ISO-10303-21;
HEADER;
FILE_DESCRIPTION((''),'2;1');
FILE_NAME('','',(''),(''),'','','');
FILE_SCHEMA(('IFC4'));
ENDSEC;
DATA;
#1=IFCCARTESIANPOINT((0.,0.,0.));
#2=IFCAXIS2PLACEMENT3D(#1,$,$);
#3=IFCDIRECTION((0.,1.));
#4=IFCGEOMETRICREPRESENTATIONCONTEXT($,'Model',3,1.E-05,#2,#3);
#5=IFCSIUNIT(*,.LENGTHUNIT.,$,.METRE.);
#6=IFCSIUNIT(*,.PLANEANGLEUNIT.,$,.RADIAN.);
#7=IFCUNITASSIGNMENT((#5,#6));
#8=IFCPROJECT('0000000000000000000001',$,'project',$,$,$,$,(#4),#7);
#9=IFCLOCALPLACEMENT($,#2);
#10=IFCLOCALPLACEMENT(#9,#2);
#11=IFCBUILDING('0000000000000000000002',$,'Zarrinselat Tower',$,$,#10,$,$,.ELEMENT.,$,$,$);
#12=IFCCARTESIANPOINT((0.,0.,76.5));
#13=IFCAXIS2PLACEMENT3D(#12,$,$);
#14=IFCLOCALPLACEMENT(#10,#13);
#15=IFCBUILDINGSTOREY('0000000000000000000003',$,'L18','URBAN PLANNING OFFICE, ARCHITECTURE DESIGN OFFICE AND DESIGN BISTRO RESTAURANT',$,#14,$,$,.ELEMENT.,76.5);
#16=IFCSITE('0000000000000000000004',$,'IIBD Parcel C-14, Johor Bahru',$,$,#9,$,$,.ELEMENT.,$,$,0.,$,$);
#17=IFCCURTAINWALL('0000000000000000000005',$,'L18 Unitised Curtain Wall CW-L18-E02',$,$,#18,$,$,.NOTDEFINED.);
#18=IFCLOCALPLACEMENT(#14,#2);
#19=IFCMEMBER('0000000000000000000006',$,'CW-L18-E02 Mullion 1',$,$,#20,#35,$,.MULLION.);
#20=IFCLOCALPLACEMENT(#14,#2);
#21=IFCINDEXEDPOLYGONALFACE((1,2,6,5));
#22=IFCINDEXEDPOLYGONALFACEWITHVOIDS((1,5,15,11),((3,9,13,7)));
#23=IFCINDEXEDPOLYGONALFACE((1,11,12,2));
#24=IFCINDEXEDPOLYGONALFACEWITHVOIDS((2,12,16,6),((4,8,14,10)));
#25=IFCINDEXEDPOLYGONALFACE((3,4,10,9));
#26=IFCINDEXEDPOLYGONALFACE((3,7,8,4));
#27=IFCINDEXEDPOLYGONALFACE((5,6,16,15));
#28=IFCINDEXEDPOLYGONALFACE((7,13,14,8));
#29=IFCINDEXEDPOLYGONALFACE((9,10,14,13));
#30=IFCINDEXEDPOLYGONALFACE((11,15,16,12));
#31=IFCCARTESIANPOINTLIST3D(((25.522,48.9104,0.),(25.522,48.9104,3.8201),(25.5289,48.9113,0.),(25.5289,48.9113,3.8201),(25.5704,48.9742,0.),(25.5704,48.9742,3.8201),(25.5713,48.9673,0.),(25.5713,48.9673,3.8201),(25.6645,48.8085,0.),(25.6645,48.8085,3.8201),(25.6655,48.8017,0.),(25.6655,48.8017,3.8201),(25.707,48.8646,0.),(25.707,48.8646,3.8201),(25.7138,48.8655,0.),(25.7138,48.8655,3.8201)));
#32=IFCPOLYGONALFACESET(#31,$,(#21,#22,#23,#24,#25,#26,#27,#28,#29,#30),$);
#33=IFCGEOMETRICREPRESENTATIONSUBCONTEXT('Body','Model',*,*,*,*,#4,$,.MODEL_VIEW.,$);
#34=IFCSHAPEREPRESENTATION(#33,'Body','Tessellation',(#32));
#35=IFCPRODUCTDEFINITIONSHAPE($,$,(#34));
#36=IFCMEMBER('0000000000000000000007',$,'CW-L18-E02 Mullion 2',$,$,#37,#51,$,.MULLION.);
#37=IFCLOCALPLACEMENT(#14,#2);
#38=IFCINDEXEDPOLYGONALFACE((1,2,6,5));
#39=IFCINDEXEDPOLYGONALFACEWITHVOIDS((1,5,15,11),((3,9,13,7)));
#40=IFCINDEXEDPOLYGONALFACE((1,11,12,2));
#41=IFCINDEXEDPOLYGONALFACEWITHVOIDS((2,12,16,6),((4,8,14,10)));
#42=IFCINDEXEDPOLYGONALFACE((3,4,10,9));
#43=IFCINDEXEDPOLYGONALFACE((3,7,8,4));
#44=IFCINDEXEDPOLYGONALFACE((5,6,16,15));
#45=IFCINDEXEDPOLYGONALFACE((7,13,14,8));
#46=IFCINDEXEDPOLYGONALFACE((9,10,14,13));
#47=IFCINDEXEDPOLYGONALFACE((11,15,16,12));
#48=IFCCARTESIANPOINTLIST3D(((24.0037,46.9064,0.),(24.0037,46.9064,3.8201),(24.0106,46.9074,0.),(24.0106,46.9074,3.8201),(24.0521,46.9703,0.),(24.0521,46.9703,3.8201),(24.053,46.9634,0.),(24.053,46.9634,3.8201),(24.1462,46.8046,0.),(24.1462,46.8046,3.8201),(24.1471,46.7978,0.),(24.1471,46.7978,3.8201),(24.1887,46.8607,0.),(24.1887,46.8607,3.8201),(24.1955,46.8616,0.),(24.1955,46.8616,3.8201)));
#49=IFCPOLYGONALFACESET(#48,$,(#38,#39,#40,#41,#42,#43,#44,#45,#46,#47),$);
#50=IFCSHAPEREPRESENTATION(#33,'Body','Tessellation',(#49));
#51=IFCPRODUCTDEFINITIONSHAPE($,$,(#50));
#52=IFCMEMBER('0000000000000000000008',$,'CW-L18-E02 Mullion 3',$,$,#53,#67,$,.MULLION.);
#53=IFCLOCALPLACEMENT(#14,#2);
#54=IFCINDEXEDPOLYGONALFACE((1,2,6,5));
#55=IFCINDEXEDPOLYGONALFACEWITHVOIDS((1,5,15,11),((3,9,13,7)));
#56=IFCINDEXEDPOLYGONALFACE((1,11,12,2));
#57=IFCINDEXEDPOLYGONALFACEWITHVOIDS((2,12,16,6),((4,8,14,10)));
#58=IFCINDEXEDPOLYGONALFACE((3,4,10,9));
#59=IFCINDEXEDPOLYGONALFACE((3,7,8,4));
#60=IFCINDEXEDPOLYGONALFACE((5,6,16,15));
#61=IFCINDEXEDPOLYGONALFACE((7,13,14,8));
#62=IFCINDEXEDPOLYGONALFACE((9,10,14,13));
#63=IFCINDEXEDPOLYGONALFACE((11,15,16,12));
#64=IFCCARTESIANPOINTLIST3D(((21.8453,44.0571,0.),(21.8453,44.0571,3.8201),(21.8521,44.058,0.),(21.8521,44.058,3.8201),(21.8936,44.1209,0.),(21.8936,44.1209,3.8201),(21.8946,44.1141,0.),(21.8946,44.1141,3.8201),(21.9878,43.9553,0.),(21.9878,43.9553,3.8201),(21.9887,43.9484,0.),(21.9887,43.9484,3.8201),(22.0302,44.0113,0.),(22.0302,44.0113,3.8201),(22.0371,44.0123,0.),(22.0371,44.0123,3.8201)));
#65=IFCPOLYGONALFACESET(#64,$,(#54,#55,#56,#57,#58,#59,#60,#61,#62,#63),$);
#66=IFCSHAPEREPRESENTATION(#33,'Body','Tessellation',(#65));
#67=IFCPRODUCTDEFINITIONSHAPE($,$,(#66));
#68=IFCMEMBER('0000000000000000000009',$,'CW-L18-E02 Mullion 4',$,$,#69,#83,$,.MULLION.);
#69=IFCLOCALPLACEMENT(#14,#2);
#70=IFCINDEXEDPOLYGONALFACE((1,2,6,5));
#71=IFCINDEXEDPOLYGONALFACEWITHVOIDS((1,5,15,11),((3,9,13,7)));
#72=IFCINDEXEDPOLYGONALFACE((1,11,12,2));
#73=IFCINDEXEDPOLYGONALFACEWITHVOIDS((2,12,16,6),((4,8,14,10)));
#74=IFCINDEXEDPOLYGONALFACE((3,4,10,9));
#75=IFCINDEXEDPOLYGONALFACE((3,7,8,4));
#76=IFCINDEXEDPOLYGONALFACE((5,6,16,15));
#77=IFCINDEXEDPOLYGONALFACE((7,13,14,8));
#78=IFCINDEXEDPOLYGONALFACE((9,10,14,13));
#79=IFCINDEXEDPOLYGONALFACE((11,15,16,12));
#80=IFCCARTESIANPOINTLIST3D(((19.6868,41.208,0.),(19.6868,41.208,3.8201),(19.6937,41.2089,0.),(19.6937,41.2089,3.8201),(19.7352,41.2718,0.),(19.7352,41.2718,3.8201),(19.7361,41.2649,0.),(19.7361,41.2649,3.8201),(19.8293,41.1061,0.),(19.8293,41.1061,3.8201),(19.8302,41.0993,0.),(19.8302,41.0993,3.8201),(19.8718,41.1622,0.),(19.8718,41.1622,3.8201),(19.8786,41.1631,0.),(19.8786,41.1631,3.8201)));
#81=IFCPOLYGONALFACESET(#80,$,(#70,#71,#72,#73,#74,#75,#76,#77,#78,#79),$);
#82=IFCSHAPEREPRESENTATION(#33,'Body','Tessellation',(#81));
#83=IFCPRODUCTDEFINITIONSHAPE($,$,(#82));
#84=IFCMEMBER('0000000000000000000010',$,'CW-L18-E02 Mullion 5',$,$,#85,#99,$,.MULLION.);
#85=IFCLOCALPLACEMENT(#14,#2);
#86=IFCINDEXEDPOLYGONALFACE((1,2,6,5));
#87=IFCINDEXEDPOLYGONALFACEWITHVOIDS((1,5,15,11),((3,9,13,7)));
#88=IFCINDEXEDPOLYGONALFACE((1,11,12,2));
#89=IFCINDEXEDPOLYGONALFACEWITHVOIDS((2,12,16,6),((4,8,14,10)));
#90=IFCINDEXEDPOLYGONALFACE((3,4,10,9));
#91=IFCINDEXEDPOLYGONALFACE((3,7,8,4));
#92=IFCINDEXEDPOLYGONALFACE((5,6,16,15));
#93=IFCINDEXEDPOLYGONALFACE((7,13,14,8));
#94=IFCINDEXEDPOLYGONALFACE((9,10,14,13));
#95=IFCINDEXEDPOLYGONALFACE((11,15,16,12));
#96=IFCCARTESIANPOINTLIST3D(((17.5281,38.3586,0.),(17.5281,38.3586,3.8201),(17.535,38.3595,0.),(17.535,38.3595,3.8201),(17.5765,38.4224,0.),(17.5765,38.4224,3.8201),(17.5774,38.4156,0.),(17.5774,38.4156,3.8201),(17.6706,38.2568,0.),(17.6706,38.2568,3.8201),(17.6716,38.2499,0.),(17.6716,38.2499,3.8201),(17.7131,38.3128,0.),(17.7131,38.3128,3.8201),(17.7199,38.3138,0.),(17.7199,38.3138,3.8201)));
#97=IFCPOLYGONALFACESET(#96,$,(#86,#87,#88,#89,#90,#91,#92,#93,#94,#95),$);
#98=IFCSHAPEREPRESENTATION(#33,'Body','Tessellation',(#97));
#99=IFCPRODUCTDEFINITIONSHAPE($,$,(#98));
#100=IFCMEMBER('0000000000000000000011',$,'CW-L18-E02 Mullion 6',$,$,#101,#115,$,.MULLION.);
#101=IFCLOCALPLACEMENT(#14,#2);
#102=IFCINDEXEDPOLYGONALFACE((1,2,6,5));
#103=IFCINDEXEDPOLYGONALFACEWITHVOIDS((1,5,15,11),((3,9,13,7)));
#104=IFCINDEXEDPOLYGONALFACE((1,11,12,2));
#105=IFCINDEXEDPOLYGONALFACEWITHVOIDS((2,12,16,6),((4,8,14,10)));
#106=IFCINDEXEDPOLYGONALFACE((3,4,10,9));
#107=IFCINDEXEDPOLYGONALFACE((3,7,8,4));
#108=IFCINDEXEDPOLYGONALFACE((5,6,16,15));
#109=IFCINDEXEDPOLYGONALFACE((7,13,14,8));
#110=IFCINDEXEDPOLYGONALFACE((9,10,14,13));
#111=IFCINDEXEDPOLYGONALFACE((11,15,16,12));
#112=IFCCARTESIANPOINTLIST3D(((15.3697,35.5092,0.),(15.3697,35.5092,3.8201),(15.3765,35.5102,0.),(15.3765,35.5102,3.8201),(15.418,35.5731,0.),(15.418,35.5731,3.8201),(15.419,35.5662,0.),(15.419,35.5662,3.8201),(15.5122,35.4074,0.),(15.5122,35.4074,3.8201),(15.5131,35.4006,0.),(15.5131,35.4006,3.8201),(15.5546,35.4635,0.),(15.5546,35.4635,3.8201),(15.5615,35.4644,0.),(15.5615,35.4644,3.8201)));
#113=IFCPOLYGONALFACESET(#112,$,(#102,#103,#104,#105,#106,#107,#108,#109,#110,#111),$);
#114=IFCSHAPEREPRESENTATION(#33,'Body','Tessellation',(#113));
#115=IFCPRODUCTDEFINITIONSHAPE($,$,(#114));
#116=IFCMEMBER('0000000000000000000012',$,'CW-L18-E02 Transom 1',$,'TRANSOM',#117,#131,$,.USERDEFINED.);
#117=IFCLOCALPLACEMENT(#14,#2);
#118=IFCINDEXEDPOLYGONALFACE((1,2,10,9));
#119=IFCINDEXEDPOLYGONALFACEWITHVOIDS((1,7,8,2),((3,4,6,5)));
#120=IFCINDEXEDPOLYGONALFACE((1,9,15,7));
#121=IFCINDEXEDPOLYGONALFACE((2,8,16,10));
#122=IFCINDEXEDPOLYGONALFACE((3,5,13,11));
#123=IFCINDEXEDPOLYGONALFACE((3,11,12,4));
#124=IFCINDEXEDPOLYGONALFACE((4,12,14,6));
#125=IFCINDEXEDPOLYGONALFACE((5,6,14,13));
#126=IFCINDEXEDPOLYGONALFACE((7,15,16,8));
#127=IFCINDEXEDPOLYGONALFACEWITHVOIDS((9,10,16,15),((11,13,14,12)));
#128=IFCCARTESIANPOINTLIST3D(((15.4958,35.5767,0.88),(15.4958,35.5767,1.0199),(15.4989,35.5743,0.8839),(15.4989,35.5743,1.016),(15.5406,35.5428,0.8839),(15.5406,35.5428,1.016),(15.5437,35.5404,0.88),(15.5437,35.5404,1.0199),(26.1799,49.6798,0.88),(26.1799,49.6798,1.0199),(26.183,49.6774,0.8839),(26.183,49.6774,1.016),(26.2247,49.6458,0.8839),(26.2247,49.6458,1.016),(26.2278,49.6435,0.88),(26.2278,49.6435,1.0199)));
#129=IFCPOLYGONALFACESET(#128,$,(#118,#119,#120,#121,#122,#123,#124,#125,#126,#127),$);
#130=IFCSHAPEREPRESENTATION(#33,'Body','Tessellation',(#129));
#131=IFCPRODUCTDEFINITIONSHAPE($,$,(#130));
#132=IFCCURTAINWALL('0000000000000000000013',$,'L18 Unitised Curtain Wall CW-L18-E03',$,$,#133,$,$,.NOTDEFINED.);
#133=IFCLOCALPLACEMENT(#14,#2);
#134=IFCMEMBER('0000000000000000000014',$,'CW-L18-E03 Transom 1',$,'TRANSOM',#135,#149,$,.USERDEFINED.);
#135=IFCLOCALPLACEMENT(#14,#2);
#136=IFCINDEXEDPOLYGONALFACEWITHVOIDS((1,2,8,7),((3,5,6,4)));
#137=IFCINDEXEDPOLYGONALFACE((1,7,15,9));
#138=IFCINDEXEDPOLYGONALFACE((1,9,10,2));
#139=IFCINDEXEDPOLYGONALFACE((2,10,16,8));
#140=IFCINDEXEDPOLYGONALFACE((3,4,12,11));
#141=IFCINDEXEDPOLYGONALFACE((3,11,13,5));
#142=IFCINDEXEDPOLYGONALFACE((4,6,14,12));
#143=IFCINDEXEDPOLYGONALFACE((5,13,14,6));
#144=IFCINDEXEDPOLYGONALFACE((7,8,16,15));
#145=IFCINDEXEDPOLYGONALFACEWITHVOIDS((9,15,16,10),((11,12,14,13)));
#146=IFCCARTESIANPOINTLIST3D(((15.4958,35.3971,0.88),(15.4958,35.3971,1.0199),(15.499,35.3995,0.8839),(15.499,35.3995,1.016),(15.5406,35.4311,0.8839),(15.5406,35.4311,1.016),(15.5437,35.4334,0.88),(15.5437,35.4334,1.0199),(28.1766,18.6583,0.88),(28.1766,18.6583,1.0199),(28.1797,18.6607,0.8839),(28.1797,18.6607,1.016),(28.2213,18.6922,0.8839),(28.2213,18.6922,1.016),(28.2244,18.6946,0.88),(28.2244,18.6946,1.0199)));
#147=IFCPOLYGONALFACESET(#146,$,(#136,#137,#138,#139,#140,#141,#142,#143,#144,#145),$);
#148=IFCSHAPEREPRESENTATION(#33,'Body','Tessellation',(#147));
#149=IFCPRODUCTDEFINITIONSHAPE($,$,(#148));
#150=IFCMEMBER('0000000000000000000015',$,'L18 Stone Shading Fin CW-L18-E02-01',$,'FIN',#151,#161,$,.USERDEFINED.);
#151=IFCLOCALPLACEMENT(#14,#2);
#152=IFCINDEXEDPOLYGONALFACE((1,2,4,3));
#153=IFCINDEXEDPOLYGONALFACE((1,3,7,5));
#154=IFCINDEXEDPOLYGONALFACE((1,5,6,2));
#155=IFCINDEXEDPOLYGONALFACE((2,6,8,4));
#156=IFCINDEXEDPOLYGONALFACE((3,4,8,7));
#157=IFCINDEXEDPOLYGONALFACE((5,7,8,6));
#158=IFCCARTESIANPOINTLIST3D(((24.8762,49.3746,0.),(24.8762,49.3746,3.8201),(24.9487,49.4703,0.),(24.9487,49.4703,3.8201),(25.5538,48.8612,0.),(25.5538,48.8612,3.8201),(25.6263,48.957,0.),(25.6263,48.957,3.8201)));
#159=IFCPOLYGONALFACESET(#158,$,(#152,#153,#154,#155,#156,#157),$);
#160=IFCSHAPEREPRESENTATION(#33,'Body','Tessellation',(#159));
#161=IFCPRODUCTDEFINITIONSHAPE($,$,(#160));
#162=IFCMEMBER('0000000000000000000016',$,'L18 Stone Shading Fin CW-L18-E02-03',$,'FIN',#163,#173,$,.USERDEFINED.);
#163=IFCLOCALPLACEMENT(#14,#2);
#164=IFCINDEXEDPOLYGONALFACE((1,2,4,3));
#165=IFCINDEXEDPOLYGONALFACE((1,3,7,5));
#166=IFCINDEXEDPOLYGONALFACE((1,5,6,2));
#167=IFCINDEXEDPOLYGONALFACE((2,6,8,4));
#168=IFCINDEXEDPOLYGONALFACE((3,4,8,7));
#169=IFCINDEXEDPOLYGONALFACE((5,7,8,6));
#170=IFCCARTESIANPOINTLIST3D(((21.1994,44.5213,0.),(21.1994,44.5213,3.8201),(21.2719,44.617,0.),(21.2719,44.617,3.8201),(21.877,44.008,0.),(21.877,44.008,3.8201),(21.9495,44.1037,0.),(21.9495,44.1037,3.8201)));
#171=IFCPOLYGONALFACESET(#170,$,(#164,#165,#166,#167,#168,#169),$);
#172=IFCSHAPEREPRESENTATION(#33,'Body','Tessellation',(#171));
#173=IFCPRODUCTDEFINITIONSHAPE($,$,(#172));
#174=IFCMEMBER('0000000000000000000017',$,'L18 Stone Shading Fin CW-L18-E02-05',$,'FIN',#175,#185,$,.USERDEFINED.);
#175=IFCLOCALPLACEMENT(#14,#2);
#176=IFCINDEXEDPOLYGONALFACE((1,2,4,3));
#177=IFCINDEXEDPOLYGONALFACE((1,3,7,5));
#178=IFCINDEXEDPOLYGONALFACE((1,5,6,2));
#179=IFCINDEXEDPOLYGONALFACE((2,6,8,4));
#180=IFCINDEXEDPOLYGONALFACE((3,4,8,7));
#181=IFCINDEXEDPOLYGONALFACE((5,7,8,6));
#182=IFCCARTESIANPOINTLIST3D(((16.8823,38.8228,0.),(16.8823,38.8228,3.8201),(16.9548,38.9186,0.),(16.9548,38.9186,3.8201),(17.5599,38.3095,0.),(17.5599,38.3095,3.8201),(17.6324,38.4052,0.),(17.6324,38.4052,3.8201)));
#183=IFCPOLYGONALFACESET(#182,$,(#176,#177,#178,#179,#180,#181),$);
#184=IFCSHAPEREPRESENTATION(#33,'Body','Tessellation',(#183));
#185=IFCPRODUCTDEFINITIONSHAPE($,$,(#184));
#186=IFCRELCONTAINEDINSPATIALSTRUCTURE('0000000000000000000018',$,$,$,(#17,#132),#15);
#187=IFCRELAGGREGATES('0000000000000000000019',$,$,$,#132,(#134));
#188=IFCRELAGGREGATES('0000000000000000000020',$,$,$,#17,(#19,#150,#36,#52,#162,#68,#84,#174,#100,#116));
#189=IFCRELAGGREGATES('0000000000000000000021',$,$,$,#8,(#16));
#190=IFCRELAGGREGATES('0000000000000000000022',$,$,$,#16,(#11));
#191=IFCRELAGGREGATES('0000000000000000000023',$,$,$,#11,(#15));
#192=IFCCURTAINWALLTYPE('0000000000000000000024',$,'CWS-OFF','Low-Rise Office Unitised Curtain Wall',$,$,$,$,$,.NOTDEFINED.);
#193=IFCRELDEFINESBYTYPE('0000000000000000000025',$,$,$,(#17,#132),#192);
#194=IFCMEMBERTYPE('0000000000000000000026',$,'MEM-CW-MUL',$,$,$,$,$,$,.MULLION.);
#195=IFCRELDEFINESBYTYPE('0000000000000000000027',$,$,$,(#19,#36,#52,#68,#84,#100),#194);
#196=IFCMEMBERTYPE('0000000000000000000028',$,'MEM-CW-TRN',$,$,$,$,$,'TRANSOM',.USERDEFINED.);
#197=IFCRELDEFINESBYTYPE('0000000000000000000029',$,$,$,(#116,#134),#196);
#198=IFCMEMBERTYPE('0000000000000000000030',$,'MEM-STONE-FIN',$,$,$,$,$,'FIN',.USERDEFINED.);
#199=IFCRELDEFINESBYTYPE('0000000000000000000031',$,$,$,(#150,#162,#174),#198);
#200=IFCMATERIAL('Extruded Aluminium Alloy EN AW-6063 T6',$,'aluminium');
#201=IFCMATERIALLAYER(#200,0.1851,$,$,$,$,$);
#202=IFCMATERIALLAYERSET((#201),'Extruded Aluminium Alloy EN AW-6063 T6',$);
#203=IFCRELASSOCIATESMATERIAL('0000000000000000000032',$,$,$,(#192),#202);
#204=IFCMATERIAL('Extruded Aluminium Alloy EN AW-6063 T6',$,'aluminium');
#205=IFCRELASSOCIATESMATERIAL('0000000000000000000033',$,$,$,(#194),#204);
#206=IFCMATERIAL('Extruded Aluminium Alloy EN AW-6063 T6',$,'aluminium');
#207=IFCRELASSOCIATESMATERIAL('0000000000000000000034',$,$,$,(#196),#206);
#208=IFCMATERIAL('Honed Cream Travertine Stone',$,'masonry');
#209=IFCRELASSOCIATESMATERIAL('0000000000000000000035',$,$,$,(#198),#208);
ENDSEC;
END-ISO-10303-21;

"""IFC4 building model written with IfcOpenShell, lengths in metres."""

from ifc_helpers import new_model, si_unit, direction, frame, origin, origin_2d, place, context, subcontext, project, spatial, rectangle, hollow_rectangle, extrude, material, layer, layer_set, material_profile, profile_set, type_object, element, aggregate, save


model = new_model("IFC4")

# Units and contexts
model_context = context("Model", 3, precision=1e-05, world=origin(), true_north=direction((0.0, 1.0)))
body_context = subcontext(model_context, "Body", "Model", "MODEL_VIEW")
ifc_project = project(units=[si_unit("LENGTHUNIT", "METRE"), si_unit("PLANEANGLEUNIT", "RADIAN")], contexts=[model_context])

# Site, building, storey
site_placement = place(None, origin())
site = spatial("IfcSite", under=ifc_project, at=site_placement, Name="IIBD Parcel C-14, Johor Bahru", CompositionType="ELEMENT", RefElevation=0.0)
building_placement = place(site_placement, origin())
building = spatial("IfcBuilding", under=site, at=building_placement, Name="Zarrinselat Tower", CompositionType="ELEMENT")
storey_placement = place(building_placement, frame((0.0, 0.0, 76.5)))
storey = spatial("IfcBuildingStorey", under=building, at=storey_placement, Name="L18", Description="URBAN PLANNING OFFICE, ARCHITECTURE DESIGN OFFICE AND DESIGN BISTRO RESTAURANT", CompositionType="ELEMENT", Elevation=76.5)

# Shared definitions
ifc_material_1 = material(Name="Extruded Aluminium Alloy EN AW-6063 T6", Category="aluminium")
ifc_layer_1 = layer(ifc_material_1, 0.1851)
ifc_layer_set_1 = layer_set([ifc_layer_1], Name="Extruded Aluminium Alloy EN AW-6063 T6")
curtain_wall_type = type_object("IfcCurtainWallType", Name="CWS-OFF", Description="Low-Rise Office Unitised Curtain Wall", PredefinedType="NOTDEFINED", material=ifc_layer_set_1)
ifc_material_2 = material(Name="Extruded Aluminium Alloy EN AW-6063 T6", Category="aluminium")
ifc_material_profile_1 = material_profile(ifc_material_2, hollow_rectangle(XDim=0.0801, YDim=0.1799, WallThickness=0.0049, at=origin_2d()), Name="RHS 180x80x5")
ifc_profile_set_1 = profile_set([ifc_material_profile_1], Name="Extruded Aluminium Alloy EN AW-6063 T6")
member_type_1 = type_object("IfcMemberType", Name="MEM-CW-MUL", PredefinedType="MULLION", material=ifc_profile_set_1)

# Curtain wall, members
curtain_wall_1_placement = place(storey_placement, origin())
curtain_wall_1 = element("IfcCurtainWall", 1, at=curtain_wall_1_placement, inside=storey, type_object=curtain_wall_type, Name="L18 Unitised Curtain Wall CW-L18-E02", PredefinedType="NOTDEFINED")
member_1_placement = place(storey_placement, frame((25.6179, 48.8879, 0.0), z_axis=(0.0, 0.0, 1.0), x_axis=(-0.603857, -0.797093, 0.0)))
member_1 = element("IfcMember", 2, at=member_1_placement, type_object=member_type_1, Name="CW-L18-E02 Mullion 1", PredefinedType="MULLION", context=body_context, shape_type="SweptSolid", body=[
    extrude(hollow_rectangle(XDim=0.0801, YDim=0.1799, WallThickness=0.0049, at=origin_2d()), origin(), (0.0, 0.0, 1.0), 3.8201),
])
member_2_placement = place(storey_placement, frame((24.0996, 46.884, 0.0), z_axis=(0.0, 0.0, 1.0), x_axis=(-0.603857, -0.797093, 0.0)))
member_2 = element("IfcMember", 3, at=member_2_placement, type_object=member_type_1, Name="CW-L18-E02 Mullion 2", PredefinedType="MULLION", context=body_context, shape_type="SweptSolid", body=[
    extrude(hollow_rectangle(XDim=0.0801, YDim=0.1799, WallThickness=0.0049, at=origin_2d()), origin(), (0.0, 0.0, 1.0), 3.8201),
])
member_3_placement = place(storey_placement, frame((21.9412, 44.0347, 0.0), z_axis=(0.0, 0.0, 1.0), x_axis=(-0.603857, -0.797093, 0.0)))
member_3 = element("IfcMember", 4, at=member_3_placement, type_object=member_type_1, Name="CW-L18-E02 Mullion 3", PredefinedType="MULLION", context=body_context, shape_type="SweptSolid", body=[
    extrude(hollow_rectangle(XDim=0.0801, YDim=0.1799, WallThickness=0.0049, at=origin_2d()), origin(), (0.0, 0.0, 1.0), 3.8201),
])
member_4_placement = place(storey_placement, frame((19.7827, 41.1855, 0.0), z_axis=(0.0, 0.0, 1.0), x_axis=(-0.603857, -0.797093, 0.0)))
member_4 = element("IfcMember", 5, at=member_4_placement, type_object=member_type_1, Name="CW-L18-E02 Mullion 4", PredefinedType="MULLION", context=body_context, shape_type="SweptSolid", body=[
    extrude(hollow_rectangle(XDim=0.0801, YDim=0.1799, WallThickness=0.0049, at=origin_2d()), origin(), (0.0, 0.0, 1.0), 3.8201),
])
member_5_placement = place(storey_placement, frame((17.624, 38.3362, 0.0), z_axis=(0.0, 0.0, 1.0), x_axis=(-0.603857, -0.797093, 0.0)))
member_5 = element("IfcMember", 6, at=member_5_placement, type_object=member_type_1, Name="CW-L18-E02 Mullion 5", PredefinedType="MULLION", context=body_context, shape_type="SweptSolid", body=[
    extrude(hollow_rectangle(XDim=0.0801, YDim=0.1799, WallThickness=0.0049, at=origin_2d()), origin(), (0.0, 0.0, 1.0), 3.8201),
])
member_6_placement = place(storey_placement, frame((15.4656, 35.4868, 0.0), z_axis=(0.0, 0.0, 1.0), x_axis=(-0.603857, -0.797093, 0.0)))
member_6 = element("IfcMember", 7, at=member_6_placement, type_object=member_type_1, Name="CW-L18-E02 Mullion 6", PredefinedType="MULLION", context=body_context, shape_type="SweptSolid", body=[
    extrude(hollow_rectangle(XDim=0.0801, YDim=0.1799, WallThickness=0.0049, at=origin_2d()), origin(), (0.0, 0.0, 1.0), 3.8201),
])
ifc_material_3 = material(Name="Extruded Aluminium Alloy EN AW-6063 T6", Category="aluminium")
ifc_material_profile_2 = material_profile(ifc_material_3, hollow_rectangle(XDim=0.0601, YDim=0.1399, WallThickness=0.0039, at=origin_2d()), Name="RHS 140x60x4")
ifc_profile_set_2 = profile_set([ifc_material_profile_2], Name="Extruded Aluminium Alloy EN AW-6063 T6")
member_type_2 = type_object("IfcMemberType", Name="MEM-CW-TRN", ElementType="TRANSOM", PredefinedType="USERDEFINED", material=ifc_profile_set_2)
member_7_placement = place(storey_placement, frame((26.2039, 49.6616, 0.95), z_axis=(-0.603857, -0.797093, 0.0), x_axis=(0.797093, -0.603857, 0.0)))
member_7 = element("IfcMember", 8, at=member_7_placement, type_object=member_type_2, Name="CW-L18-E02 Transom 1", ObjectType="TRANSOM", PredefinedType="USERDEFINED", context=body_context, shape_type="SweptSolid", body=[
    extrude(hollow_rectangle(XDim=0.0601, YDim=0.1399, WallThickness=0.0039, at=origin_2d()), origin(), (0.0, 0.0, 1.0), 17.6931),
])

# Curtain wall, member
curtain_wall_2_placement = place(storey_placement, origin())
curtain_wall_2 = element("IfcCurtainWall", 9, at=curtain_wall_2_placement, inside=storey, type_object=curtain_wall_type, Name="L18 Unitised Curtain Wall CW-L18-E03", PredefinedType="NOTDEFINED")
member_8_placement = place(storey_placement, frame((15.5198, 35.4153, 0.95), z_axis=(0.603851, -0.797097, 0.0), x_axis=(0.797097, 0.603851, 0.0)))
member_8 = element("IfcMember", 10, at=member_8_placement, type_object=member_type_2, Name="CW-L18-E03 Transom 1", ObjectType="TRANSOM", PredefinedType="USERDEFINED", context=body_context, shape_type="SweptSolid", body=[
    extrude(hollow_rectangle(XDim=0.0601, YDim=0.1399, WallThickness=0.0039, at=origin_2d()), origin(), (0.0, 0.0, 1.0), 20.9998),
])
aggregate(curtain_wall_2, [member_8])

# Members
ifc_material_4 = material(Name="Honed Cream Travertine Stone", Category="masonry")
ifc_material_profile_3 = material_profile(ifc_material_4, rectangle(XDim=0.1201, YDim=0.8501, at=origin_2d()), Name="FIN 850x120")
ifc_profile_set_3 = profile_set([ifc_material_profile_3], Name="Honed Cream Travertine Stone")
member_type_3 = type_object("IfcMemberType", Name="MEM-STONE-FIN", ElementType="FIN", PredefinedType="USERDEFINED", material=ifc_profile_set_3)
member_9_placement = place(storey_placement, frame((25.2512, 49.1658, 0.0), z_axis=(0.0, 0.0, 1.0), x_axis=(0.603857, 0.797093, 0.0)))
member_9 = element("IfcMember", 11, at=member_9_placement, type_object=member_type_3, Name="L18 Stone Shading Fin CW-L18-E02-01", ObjectType="FIN", PredefinedType="USERDEFINED", context=body_context, shape_type="SweptSolid", body=[
    extrude(rectangle(XDim=0.1201, YDim=0.8501, at=origin_2d()), origin(), (0.0, 0.0, 1.0), 3.8201),
])
member_10_placement = place(storey_placement, frame((21.5745, 44.3125, 0.0), z_axis=(0.0, 0.0, 1.0), x_axis=(0.603857, 0.797093, 0.0)))
member_10 = element("IfcMember", 12, at=member_10_placement, type_object=member_type_3, Name="L18 Stone Shading Fin CW-L18-E02-03", ObjectType="FIN", PredefinedType="USERDEFINED", context=body_context, shape_type="SweptSolid", body=[
    extrude(rectangle(XDim=0.1201, YDim=0.8501, at=origin_2d()), origin(), (0.0, 0.0, 1.0), 3.8201),
])
member_11_placement = place(storey_placement, frame((17.2573, 38.614, 0.0), z_axis=(0.0, 0.0, 1.0), x_axis=(0.603857, 0.797093, 0.0)))
member_11 = element("IfcMember", 13, at=member_11_placement, type_object=member_type_3, Name="L18 Stone Shading Fin CW-L18-E02-05", ObjectType="FIN", PredefinedType="USERDEFINED", context=body_context, shape_type="SweptSolid", body=[
    extrude(rectangle(XDim=0.1201, YDim=0.8501, at=origin_2d()), origin(), (0.0, 0.0, 1.0), 3.8201),
])

aggregate(curtain_wall_1, [member_1, member_9, member_2, member_3, member_10, member_4, member_5, member_11, member_6, member_7])

save(model, "model.ifc")
